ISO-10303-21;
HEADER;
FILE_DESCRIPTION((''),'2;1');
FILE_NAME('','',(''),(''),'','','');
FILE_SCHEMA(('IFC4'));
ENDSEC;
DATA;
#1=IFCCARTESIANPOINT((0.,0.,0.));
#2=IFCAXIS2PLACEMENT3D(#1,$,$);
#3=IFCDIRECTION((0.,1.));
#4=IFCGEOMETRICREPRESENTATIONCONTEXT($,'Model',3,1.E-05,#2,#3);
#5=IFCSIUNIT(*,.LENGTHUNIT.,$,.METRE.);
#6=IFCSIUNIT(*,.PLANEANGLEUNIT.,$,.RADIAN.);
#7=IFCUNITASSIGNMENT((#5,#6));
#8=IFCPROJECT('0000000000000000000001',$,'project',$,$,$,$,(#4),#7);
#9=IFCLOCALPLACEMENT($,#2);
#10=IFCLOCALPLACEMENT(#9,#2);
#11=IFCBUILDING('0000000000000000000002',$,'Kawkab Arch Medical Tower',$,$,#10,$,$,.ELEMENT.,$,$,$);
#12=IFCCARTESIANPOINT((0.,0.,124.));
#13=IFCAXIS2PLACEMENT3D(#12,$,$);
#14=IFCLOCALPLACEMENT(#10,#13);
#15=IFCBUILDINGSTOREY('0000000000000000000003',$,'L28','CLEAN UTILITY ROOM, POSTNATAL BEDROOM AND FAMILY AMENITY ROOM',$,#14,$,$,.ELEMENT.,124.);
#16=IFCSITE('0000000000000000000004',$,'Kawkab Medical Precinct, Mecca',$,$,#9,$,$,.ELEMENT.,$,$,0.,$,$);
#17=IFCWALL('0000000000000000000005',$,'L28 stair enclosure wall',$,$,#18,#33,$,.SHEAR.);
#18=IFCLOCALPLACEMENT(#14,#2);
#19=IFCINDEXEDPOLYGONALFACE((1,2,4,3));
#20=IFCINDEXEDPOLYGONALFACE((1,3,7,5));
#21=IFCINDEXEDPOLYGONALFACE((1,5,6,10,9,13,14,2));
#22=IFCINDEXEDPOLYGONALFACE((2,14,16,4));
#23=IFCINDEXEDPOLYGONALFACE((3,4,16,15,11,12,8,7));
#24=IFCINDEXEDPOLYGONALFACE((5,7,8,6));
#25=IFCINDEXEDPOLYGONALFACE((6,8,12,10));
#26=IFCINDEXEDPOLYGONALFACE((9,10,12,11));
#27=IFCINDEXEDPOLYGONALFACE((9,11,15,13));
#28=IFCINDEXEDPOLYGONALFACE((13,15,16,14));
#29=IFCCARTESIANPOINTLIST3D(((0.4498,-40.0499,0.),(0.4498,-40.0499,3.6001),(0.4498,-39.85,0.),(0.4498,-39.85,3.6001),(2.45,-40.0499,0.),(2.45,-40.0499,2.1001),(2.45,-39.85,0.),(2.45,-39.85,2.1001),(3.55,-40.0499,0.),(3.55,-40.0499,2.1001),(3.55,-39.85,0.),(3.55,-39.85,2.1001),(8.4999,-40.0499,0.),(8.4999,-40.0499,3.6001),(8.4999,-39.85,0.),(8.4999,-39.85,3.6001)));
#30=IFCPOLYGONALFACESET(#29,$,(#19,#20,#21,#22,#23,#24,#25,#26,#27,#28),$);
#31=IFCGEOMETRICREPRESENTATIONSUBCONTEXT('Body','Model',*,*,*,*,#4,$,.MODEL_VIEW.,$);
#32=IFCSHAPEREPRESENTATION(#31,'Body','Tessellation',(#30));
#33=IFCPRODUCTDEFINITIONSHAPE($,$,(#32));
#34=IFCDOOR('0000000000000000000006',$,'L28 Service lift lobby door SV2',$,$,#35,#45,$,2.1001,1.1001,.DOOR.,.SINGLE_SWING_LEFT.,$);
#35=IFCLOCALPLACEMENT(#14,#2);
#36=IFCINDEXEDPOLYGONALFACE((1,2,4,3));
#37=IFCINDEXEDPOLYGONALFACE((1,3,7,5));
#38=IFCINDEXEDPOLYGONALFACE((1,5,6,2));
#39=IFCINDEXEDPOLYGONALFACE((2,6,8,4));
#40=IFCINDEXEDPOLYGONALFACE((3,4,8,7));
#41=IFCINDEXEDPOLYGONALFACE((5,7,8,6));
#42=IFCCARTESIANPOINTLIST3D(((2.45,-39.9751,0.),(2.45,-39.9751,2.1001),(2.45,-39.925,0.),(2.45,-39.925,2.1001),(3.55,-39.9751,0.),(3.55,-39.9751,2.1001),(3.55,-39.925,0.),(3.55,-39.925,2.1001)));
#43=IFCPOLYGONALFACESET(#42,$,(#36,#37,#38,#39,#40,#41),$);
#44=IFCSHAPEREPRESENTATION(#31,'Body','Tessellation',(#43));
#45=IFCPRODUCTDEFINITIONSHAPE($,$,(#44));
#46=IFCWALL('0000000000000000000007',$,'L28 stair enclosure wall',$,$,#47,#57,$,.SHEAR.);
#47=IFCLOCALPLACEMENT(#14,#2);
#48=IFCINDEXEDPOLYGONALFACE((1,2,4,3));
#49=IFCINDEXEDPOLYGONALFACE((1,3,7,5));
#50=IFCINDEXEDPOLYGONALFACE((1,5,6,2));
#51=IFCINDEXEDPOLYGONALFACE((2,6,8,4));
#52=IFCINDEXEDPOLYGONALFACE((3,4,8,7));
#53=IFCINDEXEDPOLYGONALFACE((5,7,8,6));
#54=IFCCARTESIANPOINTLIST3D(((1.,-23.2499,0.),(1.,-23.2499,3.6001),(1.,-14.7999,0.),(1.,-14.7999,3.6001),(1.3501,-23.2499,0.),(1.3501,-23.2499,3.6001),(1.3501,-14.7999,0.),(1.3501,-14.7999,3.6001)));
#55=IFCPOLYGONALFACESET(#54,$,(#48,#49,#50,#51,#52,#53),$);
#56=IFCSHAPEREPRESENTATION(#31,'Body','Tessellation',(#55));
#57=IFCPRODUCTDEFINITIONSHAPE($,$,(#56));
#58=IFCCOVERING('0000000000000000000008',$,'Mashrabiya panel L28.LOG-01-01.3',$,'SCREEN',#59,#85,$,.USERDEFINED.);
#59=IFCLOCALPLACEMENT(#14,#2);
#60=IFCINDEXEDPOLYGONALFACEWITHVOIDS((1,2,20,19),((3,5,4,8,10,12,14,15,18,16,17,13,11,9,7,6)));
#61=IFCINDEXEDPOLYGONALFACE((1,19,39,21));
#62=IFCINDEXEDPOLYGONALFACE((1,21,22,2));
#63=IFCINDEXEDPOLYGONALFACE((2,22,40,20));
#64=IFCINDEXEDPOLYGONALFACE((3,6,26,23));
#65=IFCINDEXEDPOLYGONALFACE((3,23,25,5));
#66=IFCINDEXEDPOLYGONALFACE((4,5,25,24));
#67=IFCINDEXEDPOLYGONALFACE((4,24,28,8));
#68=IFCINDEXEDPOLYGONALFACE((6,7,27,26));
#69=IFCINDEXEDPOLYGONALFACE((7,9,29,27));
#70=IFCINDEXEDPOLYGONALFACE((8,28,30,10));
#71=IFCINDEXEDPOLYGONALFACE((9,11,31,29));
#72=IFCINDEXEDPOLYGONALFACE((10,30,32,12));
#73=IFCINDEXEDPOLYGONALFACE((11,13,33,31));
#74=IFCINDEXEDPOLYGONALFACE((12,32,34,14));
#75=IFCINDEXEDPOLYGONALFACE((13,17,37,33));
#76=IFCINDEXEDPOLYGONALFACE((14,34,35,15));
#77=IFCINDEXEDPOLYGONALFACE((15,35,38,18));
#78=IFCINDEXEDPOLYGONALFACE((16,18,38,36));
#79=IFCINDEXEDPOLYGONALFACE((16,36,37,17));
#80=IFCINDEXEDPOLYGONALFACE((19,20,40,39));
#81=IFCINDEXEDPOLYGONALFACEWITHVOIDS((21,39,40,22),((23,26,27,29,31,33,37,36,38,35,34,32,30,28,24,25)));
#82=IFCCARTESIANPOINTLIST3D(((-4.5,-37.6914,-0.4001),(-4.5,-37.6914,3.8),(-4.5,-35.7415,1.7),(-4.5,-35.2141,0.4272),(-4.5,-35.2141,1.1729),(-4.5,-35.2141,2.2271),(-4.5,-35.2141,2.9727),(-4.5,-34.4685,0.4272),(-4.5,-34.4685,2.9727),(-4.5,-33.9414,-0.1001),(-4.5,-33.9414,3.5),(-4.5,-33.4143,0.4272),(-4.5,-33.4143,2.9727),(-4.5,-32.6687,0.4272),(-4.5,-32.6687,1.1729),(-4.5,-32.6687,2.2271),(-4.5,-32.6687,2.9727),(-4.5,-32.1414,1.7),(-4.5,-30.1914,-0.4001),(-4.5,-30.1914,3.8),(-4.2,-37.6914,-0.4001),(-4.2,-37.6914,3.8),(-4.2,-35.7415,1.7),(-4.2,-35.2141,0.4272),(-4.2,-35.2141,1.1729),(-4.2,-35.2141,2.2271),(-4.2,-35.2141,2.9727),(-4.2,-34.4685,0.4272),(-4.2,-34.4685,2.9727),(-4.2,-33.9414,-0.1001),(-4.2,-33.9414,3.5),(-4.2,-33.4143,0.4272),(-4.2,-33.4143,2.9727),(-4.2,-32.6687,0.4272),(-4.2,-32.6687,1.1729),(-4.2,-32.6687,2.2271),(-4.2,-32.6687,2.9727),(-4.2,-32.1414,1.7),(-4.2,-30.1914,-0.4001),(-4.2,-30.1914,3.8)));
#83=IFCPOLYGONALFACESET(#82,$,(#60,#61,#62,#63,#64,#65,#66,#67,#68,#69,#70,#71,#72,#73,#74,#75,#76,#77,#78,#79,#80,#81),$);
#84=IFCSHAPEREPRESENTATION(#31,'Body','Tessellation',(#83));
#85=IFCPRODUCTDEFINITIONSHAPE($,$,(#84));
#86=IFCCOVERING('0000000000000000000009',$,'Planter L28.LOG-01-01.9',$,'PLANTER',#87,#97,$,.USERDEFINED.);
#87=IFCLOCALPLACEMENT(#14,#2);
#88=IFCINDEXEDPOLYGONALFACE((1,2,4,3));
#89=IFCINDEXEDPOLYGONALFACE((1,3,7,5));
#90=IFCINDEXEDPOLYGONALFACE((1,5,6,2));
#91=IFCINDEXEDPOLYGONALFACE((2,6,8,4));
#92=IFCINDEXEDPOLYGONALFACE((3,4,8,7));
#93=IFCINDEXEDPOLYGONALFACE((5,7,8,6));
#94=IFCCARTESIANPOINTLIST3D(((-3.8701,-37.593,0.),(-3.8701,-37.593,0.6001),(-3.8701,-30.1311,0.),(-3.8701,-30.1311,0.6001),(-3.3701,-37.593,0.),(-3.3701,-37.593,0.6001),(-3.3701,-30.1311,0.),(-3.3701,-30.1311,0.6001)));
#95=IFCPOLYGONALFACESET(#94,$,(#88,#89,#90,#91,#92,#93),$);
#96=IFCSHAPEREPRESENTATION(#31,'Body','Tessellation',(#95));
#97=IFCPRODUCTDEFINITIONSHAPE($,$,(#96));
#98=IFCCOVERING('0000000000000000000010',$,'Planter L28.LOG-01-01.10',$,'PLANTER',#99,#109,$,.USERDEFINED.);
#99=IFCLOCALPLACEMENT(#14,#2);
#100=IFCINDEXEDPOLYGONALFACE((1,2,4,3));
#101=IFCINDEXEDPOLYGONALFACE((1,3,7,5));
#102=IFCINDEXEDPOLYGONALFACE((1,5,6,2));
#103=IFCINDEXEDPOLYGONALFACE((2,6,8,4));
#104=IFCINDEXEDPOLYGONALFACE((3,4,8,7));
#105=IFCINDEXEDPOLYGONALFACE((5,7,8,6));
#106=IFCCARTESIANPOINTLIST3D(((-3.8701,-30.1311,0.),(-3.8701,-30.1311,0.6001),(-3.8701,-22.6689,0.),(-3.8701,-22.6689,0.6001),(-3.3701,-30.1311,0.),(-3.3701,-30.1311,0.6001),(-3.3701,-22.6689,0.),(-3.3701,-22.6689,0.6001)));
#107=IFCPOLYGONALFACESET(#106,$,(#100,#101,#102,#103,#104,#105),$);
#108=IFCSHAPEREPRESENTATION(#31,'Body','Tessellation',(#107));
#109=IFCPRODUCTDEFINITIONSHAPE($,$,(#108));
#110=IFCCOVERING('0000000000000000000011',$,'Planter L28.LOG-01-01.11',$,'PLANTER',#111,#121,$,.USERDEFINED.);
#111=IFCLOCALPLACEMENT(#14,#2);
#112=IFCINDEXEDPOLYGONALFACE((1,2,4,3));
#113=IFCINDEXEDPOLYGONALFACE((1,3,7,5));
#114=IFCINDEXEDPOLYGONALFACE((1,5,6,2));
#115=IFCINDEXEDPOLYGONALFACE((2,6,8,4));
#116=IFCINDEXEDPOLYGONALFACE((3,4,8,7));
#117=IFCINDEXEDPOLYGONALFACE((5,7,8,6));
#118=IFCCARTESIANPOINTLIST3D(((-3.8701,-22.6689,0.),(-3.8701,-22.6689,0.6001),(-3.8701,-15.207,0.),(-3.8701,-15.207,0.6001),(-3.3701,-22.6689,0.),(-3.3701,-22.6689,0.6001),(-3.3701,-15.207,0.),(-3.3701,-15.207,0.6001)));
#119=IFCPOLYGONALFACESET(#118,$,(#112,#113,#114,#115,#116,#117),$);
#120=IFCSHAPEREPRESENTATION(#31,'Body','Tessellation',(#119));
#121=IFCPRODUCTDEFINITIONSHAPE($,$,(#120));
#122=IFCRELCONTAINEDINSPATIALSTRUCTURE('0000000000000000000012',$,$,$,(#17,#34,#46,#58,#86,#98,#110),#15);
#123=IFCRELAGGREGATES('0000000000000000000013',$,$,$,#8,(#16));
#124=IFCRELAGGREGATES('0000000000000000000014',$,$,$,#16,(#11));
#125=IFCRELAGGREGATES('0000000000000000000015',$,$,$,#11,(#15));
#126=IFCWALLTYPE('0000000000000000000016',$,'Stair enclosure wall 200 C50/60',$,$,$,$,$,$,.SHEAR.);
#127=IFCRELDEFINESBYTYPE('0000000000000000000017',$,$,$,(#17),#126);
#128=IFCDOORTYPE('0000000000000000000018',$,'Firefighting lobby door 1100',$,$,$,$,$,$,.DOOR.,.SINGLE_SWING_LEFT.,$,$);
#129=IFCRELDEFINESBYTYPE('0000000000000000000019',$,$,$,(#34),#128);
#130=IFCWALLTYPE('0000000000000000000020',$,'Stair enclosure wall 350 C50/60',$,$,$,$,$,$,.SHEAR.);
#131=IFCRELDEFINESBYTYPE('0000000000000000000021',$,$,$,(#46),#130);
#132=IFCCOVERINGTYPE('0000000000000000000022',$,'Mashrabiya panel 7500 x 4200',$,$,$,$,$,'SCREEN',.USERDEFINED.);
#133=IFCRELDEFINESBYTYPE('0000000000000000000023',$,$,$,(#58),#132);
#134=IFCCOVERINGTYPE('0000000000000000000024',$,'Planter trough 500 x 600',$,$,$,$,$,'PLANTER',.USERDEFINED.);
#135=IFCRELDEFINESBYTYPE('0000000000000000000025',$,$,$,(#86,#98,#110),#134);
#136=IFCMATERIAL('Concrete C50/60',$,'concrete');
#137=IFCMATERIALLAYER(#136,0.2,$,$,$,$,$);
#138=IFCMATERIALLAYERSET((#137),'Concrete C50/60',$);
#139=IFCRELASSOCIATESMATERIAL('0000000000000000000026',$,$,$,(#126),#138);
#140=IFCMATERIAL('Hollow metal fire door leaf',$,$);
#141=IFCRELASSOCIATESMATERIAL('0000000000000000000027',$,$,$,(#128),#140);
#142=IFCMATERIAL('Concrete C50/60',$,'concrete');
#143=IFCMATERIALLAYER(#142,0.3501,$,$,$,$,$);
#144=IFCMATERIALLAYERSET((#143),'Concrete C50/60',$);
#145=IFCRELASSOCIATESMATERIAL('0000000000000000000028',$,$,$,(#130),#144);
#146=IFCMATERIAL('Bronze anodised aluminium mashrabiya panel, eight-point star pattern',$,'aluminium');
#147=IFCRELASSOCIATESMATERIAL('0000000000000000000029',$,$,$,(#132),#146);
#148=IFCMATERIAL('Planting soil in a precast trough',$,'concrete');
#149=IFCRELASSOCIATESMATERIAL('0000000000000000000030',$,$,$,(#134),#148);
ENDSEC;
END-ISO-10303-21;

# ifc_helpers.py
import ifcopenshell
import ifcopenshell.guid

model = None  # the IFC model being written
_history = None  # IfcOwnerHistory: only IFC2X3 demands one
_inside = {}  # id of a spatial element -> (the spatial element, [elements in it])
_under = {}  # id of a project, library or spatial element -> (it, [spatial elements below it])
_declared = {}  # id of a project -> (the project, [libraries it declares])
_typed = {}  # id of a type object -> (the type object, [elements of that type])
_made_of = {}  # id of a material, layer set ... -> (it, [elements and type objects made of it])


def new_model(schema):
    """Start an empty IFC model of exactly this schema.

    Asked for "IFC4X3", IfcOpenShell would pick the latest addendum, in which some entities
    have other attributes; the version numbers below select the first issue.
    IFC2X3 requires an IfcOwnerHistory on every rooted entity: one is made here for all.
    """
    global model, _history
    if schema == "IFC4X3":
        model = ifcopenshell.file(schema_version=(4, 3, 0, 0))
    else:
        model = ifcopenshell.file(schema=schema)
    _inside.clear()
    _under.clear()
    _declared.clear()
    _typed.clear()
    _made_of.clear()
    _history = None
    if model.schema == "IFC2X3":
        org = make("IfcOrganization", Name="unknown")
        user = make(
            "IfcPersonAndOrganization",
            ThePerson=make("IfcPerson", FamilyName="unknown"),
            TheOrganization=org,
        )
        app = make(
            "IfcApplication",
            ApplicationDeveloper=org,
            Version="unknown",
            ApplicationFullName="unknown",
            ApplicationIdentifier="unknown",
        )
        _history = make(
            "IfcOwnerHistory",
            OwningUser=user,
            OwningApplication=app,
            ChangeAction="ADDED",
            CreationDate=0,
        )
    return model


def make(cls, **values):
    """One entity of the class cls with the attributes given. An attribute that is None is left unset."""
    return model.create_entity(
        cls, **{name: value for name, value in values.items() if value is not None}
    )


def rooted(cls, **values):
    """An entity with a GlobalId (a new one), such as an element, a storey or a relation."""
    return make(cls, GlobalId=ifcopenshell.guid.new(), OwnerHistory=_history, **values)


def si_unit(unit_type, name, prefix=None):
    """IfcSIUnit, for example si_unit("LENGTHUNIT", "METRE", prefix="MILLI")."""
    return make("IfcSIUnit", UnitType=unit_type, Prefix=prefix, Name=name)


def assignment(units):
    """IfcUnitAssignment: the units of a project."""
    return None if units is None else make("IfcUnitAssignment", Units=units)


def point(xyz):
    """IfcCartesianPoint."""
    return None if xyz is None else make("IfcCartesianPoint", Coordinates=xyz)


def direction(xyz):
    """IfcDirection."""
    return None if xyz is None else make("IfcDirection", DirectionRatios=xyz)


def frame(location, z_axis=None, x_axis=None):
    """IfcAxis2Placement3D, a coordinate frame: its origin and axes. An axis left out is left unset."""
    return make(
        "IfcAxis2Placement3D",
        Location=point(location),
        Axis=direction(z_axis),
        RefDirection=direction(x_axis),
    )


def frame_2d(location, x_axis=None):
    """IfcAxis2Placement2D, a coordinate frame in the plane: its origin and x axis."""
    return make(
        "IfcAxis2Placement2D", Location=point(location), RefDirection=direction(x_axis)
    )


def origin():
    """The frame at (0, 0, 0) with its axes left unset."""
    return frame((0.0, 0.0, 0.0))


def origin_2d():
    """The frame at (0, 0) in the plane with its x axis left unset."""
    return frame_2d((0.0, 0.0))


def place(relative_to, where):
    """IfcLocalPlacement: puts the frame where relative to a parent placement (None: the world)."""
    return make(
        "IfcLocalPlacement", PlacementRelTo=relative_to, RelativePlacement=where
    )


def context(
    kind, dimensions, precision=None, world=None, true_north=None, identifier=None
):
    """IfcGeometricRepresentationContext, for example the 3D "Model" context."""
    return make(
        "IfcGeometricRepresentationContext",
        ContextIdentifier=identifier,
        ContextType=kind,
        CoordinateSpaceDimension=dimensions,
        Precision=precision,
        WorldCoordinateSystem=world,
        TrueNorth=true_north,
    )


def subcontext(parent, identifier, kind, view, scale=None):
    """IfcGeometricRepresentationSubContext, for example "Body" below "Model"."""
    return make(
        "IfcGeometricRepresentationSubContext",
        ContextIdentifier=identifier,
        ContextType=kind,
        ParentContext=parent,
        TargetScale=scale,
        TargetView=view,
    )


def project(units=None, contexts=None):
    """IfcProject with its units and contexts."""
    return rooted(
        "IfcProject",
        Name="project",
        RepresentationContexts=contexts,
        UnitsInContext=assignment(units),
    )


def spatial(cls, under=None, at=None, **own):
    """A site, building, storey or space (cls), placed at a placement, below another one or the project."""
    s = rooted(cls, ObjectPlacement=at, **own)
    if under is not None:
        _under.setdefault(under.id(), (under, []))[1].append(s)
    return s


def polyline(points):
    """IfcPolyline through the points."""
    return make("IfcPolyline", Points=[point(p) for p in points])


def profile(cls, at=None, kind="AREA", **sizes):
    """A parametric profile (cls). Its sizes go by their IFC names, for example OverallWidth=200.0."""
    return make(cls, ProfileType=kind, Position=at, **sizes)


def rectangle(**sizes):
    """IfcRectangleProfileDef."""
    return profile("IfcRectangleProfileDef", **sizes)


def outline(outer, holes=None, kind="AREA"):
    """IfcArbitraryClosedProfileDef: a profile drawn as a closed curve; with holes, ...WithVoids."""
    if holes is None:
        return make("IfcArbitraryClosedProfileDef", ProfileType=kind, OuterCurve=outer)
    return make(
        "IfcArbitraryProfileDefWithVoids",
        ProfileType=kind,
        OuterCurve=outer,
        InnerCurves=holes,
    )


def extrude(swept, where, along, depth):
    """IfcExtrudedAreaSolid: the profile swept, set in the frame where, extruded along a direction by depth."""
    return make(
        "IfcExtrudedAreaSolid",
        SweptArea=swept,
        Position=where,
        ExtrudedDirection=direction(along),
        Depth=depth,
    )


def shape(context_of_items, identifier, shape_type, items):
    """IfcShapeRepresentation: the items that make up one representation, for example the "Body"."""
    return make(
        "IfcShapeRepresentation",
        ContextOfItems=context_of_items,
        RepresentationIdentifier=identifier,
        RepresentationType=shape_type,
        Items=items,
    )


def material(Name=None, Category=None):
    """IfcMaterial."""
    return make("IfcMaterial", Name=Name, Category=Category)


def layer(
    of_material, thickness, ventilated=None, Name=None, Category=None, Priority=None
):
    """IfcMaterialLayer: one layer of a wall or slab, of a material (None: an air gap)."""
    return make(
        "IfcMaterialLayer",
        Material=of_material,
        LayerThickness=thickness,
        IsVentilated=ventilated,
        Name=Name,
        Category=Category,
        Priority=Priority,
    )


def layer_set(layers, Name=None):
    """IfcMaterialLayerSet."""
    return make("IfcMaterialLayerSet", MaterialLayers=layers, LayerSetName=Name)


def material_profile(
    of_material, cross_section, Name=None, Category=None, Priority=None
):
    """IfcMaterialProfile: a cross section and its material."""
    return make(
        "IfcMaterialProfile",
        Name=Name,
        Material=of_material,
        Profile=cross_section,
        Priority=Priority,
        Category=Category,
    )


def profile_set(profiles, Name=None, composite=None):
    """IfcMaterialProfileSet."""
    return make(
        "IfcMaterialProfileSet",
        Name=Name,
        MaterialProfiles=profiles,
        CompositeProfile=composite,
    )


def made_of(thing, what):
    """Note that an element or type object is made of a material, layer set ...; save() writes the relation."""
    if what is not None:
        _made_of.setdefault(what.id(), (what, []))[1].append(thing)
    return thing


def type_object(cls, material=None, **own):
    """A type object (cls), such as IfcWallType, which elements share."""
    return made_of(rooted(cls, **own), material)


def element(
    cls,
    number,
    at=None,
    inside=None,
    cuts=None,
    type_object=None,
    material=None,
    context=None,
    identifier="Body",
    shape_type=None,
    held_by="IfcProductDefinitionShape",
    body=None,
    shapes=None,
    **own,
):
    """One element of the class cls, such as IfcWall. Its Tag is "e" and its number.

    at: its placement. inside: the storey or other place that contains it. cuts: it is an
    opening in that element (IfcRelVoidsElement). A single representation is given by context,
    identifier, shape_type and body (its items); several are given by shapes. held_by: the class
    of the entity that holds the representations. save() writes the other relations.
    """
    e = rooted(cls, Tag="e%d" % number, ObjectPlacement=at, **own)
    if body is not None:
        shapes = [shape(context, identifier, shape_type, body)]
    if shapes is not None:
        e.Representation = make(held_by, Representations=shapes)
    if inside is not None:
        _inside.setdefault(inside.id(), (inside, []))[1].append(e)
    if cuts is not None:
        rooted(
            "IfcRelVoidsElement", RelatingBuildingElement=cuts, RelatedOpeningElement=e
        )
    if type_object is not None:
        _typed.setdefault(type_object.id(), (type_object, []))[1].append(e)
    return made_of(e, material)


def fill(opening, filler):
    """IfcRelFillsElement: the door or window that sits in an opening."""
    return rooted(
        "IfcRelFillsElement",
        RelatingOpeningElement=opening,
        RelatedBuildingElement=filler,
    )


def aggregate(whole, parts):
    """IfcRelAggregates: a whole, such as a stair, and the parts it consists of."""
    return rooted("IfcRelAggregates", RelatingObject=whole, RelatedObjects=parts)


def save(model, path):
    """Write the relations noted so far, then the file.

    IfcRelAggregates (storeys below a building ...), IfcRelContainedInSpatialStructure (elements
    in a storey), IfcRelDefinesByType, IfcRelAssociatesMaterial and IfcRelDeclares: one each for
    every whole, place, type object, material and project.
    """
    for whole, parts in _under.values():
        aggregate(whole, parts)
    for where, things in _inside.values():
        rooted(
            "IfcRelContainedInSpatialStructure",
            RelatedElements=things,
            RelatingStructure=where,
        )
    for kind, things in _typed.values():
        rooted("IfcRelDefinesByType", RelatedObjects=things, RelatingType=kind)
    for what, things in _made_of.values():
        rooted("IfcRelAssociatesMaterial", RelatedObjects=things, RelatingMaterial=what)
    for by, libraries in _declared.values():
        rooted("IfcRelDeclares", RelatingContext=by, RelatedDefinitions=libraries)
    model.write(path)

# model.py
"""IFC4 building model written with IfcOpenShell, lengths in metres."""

from ifc_helpers import new_model, si_unit, direction, frame, frame_2d, origin, origin_2d, place, context, subcontext, project, spatial, polyline, rectangle, outline, extrude, material, layer, layer_set, material_profile, profile_set, type_object, element, fill, save


model = new_model("IFC4")

# Units and contexts
model_context = context("Model", 3, precision=1e-05, world=origin(), true_north=direction((0.0, 1.0)))
body_context = subcontext(model_context, "Body", "Model", "MODEL_VIEW")
ifc_project = project(units=[si_unit("LENGTHUNIT", "METRE"), si_unit("PLANEANGLEUNIT", "RADIAN")], contexts=[model_context])

# Site, building, storey
site_placement = place(None, origin())
site = spatial("IfcSite", under=ifc_project, at=site_placement, Name="Kawkab Medical Precinct, Mecca", CompositionType="ELEMENT", RefElevation=0.0)
building_placement = place(site_placement, origin())
building = spatial("IfcBuilding", under=site, at=building_placement, Name="Kawkab Arch Medical Tower", CompositionType="ELEMENT")
storey_placement = place(building_placement, frame((0.0, 0.0, 124.0)))
storey = spatial("IfcBuildingStorey", under=building, at=storey_placement, Name="L28", Description="CLEAN UTILITY ROOM, POSTNATAL BEDROOM AND FAMILY AMENITY ROOM", CompositionType="ELEMENT", Elevation=124.0)

# Shared definitions
ifc_material_1 = material(Name="Concrete C50/60", Category="concrete")
ifc_layer_1 = layer(ifc_material_1, 0.2)
ifc_layer_set_1 = layer_set([ifc_layer_1], Name="Concrete C50/60")
wall_type_1 = type_object("IfcWallType", Name="Stair enclosure wall 200 C50/60", PredefinedType="SHEAR", material=ifc_layer_set_1)

# Wall, opening, door
wall_1_placement = place(storey_placement, frame((0.45, -39.95, 0.0), z_axis=(0.0, 0.0, 1.0), x_axis=(1.0, 0.0, 0.0)))
wall_1 = element("IfcWall", 1, at=wall_1_placement, inside=storey, type_object=wall_type_1, Name="L28 stair enclosure wall", PredefinedType="SHEAR", context=body_context, shape_type="SweptSolid", body=[
    extrude(rectangle(XDim=8.05, YDim=0.2, at=frame_2d((4.0249, 0.0))), origin(), (0.0, 0.0, 1.0), 3.6001),
])
opening_1_placement = place(wall_1_placement, frame((2.0, 0.0, 0.0)))
opening_1 = element("IfcOpeningElement", 2, at=opening_1_placement, cuts=wall_1, PredefinedType="OPENING", context=body_context, shape_type="SweptSolid", body=[
    extrude(rectangle(XDim=1.1001, YDim=2.1001, at=frame_2d((0.55, 1.05))), frame((0.0, 0.1099, 0.0), z_axis=(0.0, -1.0, 0.0), x_axis=(1.0, 0.0, 0.0)), (0.0, 0.0, 1.0), 0.22),
])
ifc_material_2 = material(Name="Hollow metal fire door leaf")
door_type_1 = type_object("IfcDoorType", Name="Firefighting lobby door 1100", OperationType="SINGLE_SWING_LEFT", PredefinedType="DOOR", material=ifc_material_2)
door_1_placement = place(opening_1_placement, origin())
door_1 = element("IfcDoor", 3, at=door_1_placement, inside=storey, type_object=door_type_1, Name="L28 Service lift lobby door SV2", OperationType="SINGLE_SWING_LEFT", OverallHeight=2.1001, OverallWidth=1.1001, PredefinedType="DOOR", context=body_context, shape_type="SweptSolid", body=[
    extrude(rectangle(XDim=1.1001, YDim=2.1001, at=frame_2d((0.55, 1.05))), frame((0.0, 0.0249, 0.0), z_axis=(0.0, -1.0, 0.0), x_axis=(1.0, 0.0, 0.0)), (0.0, 0.0, 1.0), 0.05),
])
fill(opening_1, door_1)

# Wall
ifc_material_3 = material(Name="Concrete C50/60", Category="concrete")
ifc_layer_2 = layer(ifc_material_3, 0.3501)
ifc_layer_set_2 = layer_set([ifc_layer_2], Name="Concrete C50/60")
wall_type_2 = type_object("IfcWallType", Name="Stair enclosure wall 350 C50/60", PredefinedType="SHEAR", material=ifc_layer_set_2)
wall_2_placement = place(storey_placement, frame((1.175, -23.25, 0.0), z_axis=(0.0, 0.0, 1.0), x_axis=(0.0, 1.0, 0.0)))
element("IfcWall", 4, at=wall_2_placement, inside=storey, type_object=wall_type_2, Name="L28 stair enclosure wall", PredefinedType="SHEAR", context=body_context, shape_type="SweptSolid", body=[
    extrude(rectangle(XDim=8.45, YDim=0.3501, at=frame_2d((4.2251, 0.0))), origin(), (0.0, 0.0, 1.0), 3.6001),
])

# Coverings
ifc_material_4 = material(Name="Bronze anodised aluminium mashrabiya panel, eight-point star pattern", Category="aluminium")
ifc_material_profile_1 = material_profile(ifc_material_4, outline(polyline([(-3.75, -2.1001), (3.75, -2.1001), (3.75, 2.1001), (-3.75, 2.1001), (-3.75, -2.1001)]), holes=[polyline([(1.8, 0.0), (1.2727, 0.5271), (1.2727, 1.2727), (0.5271, 1.2727), (0.0, 1.8), (-0.5271, 1.2727), (-1.2727, 1.2727), (-1.2727, 0.5271), (-1.8, 0.0), (-1.2727, -0.5271), (-1.2727, -1.2727), (-0.5271, -1.2727), (0.0, -1.8), (0.5271, -1.2727), (1.2727, -1.2727), (1.2727, -0.5271), (1.8, 0.0)])]), Name="Mashrabiya panel 7500x4200")
ifc_profile_set_1 = profile_set([ifc_material_profile_1], Name="Bronze anodised aluminium mashrabiya panel, eight-point star pattern")
covering_type_1 = type_object("IfcCoveringType", Name="Mashrabiya panel 7500 x 4200", ElementType="SCREEN", PredefinedType="USERDEFINED", material=ifc_profile_set_1)
covering_1_placement = place(storey_placement, frame((-4.2, -33.9414, 1.7), z_axis=(-1.0, 0.0, 0.0), x_axis=(0.0, -1.0, 0.0)))
element("IfcCovering", 5, at=covering_1_placement, inside=storey, type_object=covering_type_1, Name="Mashrabiya panel L28.LOG-01-01.3", ObjectType="SCREEN", PredefinedType="USERDEFINED", context=body_context, shape_type="SweptSolid", body=[
    extrude(outline(polyline([(-3.75, -2.1001), (3.75, -2.1001), (3.75, 2.1001), (-3.75, 2.1001), (-3.75, -2.1001)]), holes=[polyline([(1.8, 0.0), (1.2727, 0.5271), (1.2727, 1.2727), (0.5271, 1.2727), (0.0, 1.8), (-0.5271, 1.2727), (-1.2727, 1.2727), (-1.2727, 0.5271), (-1.8, 0.0), (-1.2727, -0.5271), (-1.2727, -1.2727), (-0.5271, -1.2727), (0.0, -1.8), (0.5271, -1.2727), (1.2727, -1.2727), (1.2727, -0.5271), (1.8, 0.0)])]), origin(), (0.0, 0.0, 1.0), 0.3),
])
ifc_material_5 = material(Name="Planting soil in a precast trough", Category="concrete")
ifc_material_profile_2 = material_profile(ifc_material_5, rectangle(XDim=0.5, YDim=0.6001, at=origin_2d()), Name="Trough 500x600")
ifc_profile_set_2 = profile_set([ifc_material_profile_2], Name="Planting soil in a precast trough")
covering_type_2 = type_object("IfcCoveringType", Name="Planter trough 500 x 600", ElementType="PLANTER", PredefinedType="USERDEFINED", material=ifc_profile_set_2)
covering_2_placement = place(storey_placement, frame((-3.6201, -37.593, 0.3), z_axis=(0.0, 1.0, 0.0), x_axis=(-1.0, 0.0, 0.0)))
element("IfcCovering", 6, at=covering_2_placement, inside=storey, type_object=covering_type_2, Name="Planter L28.LOG-01-01.9", ObjectType="PLANTER", PredefinedType="USERDEFINED", context=body_context, shape_type="SweptSolid", body=[
    extrude(rectangle(XDim=0.5, YDim=0.6001, at=origin_2d()), origin(), (0.0, 0.0, 1.0), 7.4619),
])
covering_3_placement = place(storey_placement, frame((-3.6201, -30.1311, 0.3), z_axis=(0.0, 1.0, 0.0), x_axis=(-1.0, 0.0, 0.0)))
element("IfcCovering", 7, at=covering_3_placement, inside=storey, type_object=covering_type_2, Name="Planter L28.LOG-01-01.10", ObjectType="PLANTER", PredefinedType="USERDEFINED", context=body_context, shape_type="SweptSolid", body=[
    extrude(rectangle(XDim=0.5, YDim=0.6001, at=origin_2d()), origin(), (0.0, 0.0, 1.0), 7.4622),
])
covering_4_placement = place(storey_placement, frame((-3.6201, -22.6689, 0.3), z_axis=(0.0, 1.0, 0.0), x_axis=(-1.0, 0.0, 0.0)))
element("IfcCovering", 8, at=covering_4_placement, inside=storey, type_object=covering_type_2, Name="Planter L28.LOG-01-01.11", ObjectType="PLANTER", PredefinedType="USERDEFINED", context=body_context, shape_type="SweptSolid", body=[
    extrude(rectangle(XDim=0.5, YDim=0.6001, at=origin_2d()), origin(), (0.0, 0.0, 1.0), 7.4619),
])

save(model, "model.ifc")
